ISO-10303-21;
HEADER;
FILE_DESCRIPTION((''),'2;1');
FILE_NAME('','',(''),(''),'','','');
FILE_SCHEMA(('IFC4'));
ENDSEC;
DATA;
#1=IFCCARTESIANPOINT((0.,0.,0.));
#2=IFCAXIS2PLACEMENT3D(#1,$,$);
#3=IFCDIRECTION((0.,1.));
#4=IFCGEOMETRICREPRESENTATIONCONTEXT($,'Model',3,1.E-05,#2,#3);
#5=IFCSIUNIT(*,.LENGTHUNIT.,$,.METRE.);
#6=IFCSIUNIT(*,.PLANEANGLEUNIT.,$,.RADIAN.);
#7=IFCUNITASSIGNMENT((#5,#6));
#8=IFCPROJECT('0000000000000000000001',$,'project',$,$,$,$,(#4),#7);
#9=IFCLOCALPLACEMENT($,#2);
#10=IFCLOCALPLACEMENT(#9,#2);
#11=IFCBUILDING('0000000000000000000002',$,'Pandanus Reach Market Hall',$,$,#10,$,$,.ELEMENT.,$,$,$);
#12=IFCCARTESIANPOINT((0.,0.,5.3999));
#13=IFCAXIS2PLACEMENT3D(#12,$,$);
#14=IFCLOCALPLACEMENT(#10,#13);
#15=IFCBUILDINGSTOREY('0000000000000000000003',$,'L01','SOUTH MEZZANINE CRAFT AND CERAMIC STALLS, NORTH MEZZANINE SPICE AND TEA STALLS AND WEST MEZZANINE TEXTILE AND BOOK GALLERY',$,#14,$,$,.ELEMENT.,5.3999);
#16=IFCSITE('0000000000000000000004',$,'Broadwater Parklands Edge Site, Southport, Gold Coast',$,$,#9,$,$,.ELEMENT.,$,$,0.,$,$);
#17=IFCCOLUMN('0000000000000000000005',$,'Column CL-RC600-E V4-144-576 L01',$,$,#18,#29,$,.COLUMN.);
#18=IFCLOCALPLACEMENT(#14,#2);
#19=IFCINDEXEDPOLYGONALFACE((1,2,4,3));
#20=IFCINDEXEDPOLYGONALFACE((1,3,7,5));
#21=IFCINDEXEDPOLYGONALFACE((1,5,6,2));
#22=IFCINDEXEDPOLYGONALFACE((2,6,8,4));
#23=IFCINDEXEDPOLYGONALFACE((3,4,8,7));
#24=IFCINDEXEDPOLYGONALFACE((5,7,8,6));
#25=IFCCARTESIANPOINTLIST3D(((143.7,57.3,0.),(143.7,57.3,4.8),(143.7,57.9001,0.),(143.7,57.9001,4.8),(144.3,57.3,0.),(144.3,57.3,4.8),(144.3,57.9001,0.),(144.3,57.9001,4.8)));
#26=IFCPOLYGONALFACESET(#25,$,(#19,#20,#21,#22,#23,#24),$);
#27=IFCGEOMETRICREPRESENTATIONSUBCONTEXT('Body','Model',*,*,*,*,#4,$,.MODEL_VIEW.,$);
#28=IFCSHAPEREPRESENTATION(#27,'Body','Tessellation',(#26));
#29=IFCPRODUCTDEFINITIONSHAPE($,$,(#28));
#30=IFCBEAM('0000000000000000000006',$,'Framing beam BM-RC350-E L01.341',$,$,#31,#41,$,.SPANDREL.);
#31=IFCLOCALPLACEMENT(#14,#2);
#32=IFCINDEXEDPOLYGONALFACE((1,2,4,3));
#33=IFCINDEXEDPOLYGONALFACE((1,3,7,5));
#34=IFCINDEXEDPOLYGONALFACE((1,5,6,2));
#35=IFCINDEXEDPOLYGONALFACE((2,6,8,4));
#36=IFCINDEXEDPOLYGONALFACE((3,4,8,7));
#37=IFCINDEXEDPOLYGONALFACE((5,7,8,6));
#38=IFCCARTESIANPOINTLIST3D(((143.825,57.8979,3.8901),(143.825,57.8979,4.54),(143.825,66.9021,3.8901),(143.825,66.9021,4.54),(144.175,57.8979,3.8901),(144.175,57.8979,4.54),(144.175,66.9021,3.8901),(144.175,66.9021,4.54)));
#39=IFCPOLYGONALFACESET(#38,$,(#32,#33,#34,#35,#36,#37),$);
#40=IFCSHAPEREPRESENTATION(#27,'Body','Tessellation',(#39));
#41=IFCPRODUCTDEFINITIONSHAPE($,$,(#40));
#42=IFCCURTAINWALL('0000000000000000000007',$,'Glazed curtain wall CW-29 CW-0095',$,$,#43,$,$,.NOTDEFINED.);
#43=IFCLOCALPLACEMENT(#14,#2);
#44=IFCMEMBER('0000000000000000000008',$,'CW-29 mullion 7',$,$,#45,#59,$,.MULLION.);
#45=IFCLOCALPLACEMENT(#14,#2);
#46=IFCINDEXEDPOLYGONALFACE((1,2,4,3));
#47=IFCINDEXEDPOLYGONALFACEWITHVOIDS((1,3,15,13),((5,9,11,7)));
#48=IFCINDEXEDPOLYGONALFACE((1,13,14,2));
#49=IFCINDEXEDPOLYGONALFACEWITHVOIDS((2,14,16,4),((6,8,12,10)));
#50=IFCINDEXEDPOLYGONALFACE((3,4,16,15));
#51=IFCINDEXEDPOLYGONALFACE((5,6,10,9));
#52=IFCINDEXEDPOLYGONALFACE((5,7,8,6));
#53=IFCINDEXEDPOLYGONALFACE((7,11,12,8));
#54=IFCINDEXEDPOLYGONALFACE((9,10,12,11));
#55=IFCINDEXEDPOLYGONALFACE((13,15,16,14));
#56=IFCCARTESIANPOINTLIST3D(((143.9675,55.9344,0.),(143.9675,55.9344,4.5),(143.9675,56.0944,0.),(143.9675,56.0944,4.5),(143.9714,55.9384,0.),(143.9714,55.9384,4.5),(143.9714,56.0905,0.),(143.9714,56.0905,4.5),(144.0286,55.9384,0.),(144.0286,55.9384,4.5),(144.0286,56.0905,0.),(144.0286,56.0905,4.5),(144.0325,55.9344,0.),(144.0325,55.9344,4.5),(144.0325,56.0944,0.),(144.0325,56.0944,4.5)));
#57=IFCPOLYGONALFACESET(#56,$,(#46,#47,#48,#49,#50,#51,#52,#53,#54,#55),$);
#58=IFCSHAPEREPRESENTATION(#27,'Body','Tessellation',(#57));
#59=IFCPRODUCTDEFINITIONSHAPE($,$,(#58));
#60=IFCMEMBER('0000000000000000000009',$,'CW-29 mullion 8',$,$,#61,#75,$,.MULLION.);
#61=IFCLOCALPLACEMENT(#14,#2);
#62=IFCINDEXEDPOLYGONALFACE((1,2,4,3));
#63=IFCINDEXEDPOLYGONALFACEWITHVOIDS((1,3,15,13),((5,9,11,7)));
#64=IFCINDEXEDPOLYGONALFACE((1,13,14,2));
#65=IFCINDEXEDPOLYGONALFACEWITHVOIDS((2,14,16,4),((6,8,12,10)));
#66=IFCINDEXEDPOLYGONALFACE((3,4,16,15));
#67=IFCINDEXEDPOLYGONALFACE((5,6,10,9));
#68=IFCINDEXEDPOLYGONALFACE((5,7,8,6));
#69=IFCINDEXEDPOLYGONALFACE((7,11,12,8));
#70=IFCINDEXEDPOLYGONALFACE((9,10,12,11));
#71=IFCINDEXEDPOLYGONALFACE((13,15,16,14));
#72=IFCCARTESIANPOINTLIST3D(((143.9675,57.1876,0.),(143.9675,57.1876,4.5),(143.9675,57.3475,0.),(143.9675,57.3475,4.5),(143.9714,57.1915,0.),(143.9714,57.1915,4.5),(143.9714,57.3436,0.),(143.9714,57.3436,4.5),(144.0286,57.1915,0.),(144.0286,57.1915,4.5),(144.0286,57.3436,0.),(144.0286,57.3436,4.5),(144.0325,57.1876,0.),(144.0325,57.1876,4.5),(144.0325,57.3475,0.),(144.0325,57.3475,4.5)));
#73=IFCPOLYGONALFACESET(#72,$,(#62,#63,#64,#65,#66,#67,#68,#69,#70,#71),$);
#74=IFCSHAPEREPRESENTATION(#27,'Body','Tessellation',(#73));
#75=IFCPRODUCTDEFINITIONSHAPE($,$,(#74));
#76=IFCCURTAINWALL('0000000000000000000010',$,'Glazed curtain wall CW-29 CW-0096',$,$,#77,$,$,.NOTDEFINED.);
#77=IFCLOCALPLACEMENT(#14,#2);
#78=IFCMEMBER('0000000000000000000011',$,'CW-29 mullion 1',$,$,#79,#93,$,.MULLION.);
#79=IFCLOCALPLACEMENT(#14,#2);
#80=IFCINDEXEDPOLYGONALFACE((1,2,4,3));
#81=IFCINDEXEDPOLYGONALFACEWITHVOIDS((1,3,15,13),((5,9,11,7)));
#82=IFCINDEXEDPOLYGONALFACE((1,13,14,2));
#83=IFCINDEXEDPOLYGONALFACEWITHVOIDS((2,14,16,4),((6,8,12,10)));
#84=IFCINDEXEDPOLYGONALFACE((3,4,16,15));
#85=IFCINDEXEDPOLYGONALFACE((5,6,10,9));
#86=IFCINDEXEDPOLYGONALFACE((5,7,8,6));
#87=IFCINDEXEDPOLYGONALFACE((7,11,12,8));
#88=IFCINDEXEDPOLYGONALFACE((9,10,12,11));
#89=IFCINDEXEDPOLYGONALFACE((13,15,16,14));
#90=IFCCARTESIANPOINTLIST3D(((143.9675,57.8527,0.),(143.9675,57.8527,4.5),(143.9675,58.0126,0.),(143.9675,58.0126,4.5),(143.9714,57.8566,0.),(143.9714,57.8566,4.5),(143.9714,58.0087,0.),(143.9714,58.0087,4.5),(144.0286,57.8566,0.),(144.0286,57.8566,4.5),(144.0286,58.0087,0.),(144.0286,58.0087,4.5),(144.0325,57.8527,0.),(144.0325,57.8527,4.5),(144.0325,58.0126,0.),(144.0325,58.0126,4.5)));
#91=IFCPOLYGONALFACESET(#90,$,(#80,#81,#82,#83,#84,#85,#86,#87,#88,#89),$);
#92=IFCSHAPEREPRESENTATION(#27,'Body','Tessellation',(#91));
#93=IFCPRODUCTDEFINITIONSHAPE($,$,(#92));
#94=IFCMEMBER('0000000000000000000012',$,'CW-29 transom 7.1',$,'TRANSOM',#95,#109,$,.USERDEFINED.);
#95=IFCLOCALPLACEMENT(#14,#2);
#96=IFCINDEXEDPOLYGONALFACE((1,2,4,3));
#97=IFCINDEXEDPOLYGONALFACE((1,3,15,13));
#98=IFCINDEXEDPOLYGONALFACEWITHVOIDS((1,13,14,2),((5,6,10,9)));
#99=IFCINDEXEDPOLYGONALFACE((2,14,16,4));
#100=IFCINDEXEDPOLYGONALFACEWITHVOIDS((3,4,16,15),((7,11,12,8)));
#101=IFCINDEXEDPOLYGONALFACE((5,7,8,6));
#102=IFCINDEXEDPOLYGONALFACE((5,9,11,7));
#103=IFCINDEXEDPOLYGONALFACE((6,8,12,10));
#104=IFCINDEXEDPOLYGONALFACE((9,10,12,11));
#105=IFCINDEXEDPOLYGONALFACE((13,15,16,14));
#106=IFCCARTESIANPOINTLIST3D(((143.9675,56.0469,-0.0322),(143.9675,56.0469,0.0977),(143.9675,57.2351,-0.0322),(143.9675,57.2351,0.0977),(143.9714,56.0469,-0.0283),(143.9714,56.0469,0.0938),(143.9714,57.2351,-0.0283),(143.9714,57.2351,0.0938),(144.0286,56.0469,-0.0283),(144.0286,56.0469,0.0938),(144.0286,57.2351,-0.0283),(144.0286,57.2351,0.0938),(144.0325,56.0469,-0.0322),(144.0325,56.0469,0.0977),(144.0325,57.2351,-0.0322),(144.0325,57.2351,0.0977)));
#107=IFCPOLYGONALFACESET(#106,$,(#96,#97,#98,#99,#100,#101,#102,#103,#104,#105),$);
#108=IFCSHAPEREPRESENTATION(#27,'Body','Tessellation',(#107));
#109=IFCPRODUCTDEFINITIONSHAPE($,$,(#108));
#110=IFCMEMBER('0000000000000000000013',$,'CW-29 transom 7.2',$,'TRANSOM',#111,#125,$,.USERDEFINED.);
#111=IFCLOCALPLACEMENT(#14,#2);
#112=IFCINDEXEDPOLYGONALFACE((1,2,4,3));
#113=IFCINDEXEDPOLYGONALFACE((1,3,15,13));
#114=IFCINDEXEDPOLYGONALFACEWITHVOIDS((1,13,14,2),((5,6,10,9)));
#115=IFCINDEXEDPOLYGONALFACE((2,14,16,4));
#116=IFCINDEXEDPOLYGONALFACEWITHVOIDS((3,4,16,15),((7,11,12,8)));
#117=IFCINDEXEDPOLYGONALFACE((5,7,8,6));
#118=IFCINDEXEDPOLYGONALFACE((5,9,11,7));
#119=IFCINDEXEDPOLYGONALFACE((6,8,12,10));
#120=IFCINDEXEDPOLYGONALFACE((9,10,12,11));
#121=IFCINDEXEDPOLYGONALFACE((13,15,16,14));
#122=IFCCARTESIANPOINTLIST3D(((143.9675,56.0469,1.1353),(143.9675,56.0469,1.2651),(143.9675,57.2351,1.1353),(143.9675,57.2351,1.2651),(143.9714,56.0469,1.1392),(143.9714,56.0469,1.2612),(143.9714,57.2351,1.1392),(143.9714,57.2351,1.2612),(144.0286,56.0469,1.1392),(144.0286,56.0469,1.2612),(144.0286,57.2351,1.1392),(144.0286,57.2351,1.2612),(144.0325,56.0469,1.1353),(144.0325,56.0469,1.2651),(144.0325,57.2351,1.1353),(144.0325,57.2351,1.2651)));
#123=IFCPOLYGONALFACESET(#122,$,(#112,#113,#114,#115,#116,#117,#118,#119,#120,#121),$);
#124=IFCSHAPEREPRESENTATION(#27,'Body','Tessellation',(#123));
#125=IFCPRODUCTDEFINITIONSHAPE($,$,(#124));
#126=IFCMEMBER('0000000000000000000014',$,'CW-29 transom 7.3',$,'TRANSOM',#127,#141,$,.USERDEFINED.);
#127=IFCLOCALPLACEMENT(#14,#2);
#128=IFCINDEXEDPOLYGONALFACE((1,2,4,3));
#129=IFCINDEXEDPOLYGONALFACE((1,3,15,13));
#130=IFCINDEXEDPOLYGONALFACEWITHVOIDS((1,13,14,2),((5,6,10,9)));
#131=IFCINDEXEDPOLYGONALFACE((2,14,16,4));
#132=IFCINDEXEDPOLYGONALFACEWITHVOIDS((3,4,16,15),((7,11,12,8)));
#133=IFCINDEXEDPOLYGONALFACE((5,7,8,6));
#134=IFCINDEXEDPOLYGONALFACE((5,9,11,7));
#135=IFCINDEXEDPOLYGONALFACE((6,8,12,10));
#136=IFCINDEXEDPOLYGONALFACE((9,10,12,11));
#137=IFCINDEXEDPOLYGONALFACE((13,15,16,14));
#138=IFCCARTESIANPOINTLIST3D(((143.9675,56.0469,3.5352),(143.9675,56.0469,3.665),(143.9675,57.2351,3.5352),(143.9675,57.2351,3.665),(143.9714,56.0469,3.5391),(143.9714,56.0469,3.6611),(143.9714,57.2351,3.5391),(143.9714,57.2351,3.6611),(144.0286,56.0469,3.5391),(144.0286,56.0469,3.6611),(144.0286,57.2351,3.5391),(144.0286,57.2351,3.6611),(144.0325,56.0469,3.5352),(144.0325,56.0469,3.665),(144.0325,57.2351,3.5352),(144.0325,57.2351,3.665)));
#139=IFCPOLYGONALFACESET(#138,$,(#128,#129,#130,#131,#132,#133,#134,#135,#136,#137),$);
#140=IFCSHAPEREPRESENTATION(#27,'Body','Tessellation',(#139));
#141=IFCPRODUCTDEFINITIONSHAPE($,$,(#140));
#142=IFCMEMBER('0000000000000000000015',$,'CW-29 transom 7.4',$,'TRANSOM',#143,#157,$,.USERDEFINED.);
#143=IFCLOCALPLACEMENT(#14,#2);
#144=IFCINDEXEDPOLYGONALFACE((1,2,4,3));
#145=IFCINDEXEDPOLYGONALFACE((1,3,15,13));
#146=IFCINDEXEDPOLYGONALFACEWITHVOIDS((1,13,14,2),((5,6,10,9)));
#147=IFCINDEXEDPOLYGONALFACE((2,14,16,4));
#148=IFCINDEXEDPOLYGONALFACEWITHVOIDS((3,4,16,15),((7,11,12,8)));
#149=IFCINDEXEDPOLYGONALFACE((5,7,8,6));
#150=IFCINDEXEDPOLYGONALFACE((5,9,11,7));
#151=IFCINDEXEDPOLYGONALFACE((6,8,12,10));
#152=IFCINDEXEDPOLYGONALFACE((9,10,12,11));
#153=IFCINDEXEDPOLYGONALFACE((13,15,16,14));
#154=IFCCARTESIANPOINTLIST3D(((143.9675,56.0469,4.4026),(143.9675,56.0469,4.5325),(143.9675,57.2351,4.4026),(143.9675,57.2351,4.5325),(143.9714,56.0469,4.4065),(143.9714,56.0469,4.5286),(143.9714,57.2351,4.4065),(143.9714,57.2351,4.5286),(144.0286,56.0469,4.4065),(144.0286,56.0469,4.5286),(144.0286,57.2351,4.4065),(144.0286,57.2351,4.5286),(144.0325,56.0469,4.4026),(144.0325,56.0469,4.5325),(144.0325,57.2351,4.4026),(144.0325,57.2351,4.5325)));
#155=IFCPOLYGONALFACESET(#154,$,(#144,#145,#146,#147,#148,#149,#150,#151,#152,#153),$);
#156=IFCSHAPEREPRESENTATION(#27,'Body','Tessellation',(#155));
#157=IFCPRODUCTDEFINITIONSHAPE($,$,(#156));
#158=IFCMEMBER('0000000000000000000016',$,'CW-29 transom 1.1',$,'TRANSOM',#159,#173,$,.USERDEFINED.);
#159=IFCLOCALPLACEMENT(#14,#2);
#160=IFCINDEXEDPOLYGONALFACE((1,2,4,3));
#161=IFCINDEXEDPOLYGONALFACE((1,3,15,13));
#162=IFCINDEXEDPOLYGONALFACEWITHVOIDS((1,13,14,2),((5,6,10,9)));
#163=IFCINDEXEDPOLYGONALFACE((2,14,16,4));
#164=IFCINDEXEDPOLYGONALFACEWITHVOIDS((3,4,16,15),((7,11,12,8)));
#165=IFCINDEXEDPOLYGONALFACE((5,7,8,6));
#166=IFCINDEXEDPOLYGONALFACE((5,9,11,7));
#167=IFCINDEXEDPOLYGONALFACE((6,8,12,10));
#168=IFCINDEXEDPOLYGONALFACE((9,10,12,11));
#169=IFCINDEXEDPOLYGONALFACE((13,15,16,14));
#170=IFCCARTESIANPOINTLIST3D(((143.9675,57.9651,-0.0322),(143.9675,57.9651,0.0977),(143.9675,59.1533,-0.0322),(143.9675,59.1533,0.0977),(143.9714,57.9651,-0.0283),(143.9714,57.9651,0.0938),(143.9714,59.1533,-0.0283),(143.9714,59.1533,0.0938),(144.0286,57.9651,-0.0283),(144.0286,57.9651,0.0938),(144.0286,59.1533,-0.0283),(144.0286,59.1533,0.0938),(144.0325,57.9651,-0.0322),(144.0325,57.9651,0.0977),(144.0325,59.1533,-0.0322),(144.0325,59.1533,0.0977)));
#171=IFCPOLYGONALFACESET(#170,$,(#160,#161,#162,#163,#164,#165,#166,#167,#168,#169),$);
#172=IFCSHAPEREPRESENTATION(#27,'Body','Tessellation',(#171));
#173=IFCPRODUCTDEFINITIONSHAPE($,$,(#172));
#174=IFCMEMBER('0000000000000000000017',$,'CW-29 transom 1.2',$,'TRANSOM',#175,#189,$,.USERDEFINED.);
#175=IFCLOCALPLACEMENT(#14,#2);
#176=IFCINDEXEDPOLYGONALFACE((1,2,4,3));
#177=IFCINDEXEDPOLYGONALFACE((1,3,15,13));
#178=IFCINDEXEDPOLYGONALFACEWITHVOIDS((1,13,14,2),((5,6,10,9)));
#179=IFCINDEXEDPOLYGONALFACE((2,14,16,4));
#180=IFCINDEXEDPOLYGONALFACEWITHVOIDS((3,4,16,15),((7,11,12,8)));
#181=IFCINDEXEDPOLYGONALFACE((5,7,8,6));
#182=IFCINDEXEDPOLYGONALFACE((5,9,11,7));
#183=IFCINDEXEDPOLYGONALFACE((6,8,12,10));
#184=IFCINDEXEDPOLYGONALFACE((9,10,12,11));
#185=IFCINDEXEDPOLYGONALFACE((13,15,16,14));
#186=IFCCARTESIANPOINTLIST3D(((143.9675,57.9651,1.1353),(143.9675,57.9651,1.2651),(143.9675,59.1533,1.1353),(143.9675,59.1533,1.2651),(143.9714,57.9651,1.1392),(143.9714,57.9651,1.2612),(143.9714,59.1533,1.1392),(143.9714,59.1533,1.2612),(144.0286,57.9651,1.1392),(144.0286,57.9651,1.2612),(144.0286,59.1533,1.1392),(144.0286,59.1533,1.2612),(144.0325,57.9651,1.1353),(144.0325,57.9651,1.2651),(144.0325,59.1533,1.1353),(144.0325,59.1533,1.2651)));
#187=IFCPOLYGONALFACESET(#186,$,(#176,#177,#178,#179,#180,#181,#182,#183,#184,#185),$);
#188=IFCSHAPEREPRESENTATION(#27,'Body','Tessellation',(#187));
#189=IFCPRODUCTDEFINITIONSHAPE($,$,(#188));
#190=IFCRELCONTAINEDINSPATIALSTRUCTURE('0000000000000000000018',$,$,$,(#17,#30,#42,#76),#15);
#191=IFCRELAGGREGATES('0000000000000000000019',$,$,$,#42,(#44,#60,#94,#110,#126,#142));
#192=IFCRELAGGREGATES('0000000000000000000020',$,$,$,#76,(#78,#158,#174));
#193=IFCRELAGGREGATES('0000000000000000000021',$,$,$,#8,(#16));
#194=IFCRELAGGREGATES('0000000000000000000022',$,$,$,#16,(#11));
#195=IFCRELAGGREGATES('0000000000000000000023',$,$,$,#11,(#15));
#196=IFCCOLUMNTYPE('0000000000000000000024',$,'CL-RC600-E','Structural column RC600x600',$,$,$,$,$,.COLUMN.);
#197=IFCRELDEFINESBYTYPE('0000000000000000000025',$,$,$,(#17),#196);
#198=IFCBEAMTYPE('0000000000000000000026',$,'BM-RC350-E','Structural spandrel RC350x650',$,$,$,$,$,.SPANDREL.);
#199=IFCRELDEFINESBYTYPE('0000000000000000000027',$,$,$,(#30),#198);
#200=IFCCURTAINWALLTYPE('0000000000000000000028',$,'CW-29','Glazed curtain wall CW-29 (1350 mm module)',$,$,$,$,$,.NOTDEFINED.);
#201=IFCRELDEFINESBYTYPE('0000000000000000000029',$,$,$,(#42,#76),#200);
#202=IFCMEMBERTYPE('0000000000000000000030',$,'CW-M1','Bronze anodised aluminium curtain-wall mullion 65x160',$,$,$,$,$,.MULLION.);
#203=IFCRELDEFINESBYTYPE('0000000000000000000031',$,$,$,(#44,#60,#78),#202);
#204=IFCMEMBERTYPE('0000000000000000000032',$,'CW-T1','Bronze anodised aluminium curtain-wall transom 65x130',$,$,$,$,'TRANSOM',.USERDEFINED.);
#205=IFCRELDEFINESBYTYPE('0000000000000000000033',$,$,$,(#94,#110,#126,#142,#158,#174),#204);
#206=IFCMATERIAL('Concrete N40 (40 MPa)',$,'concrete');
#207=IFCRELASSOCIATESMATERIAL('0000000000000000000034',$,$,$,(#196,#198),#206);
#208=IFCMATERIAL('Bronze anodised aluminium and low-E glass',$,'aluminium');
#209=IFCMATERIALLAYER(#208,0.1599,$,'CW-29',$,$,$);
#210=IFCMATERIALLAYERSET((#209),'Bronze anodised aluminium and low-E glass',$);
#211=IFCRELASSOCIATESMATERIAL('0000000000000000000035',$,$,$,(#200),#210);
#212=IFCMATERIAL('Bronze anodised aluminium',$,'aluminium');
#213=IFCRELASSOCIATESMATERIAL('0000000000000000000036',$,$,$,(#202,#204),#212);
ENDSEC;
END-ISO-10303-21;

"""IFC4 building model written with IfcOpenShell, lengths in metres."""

from ifc_helpers import new_model, si_unit, direction, frame, origin, origin_2d, place, context, subcontext, project, spatial, rectangle, hollow_rectangle, extrude, material, layer, layer_set, material_profile, profile_set, type_object, element, aggregate, save


model = new_model("IFC4")

# Units and contexts
model_context = context("Model", 3, precision=1e-05, world=origin(), true_north=direction((0.0, 1.0)))
body_context = subcontext(model_context, "Body", "Model", "MODEL_VIEW")
ifc_project = project(units=[si_unit("LENGTHUNIT", "METRE"), si_unit("PLANEANGLEUNIT", "RADIAN")], contexts=[model_context])

# Site, building, storey
site_placement = place(None, origin())
site = spatial("IfcSite", under=ifc_project, at=site_placement, Name="Broadwater Parklands Edge Site, Southport, Gold Coast", CompositionType="ELEMENT", RefElevation=0.0)
building_placement = place(site_placement, origin())
building = spatial("IfcBuilding", under=site, at=building_placement, Name="Pandanus Reach Market Hall", CompositionType="ELEMENT")
storey_placement = place(building_placement, frame((0.0, 0.0, 5.3999)))
storey = spatial("IfcBuildingStorey", under=building, at=storey_placement, Name="L01", Description="SOUTH MEZZANINE CRAFT AND CERAMIC STALLS, NORTH MEZZANINE SPICE AND TEA STALLS AND WEST MEZZANINE TEXTILE AND BOOK GALLERY", CompositionType="ELEMENT", Elevation=5.3999)

# Column
ifc_material_1 = material(Name="Concrete N40 (40 MPa)", Category="concrete")
ifc_material_profile_1 = material_profile(ifc_material_1, rectangle(XDim=0.6001, YDim=0.6001, at=origin_2d()), Name="RC600x600", Category="LoadBearing")
ifc_profile_set_1 = profile_set([ifc_material_profile_1], Name="Concrete N40 (40 MPa)")
column_type = type_object("IfcColumnType", Name="CL-RC600-E", Description="Structural column RC600x600", PredefinedType="COLUMN", material=ifc_profile_set_1)
column_placement = place(storey_placement, frame((144.0, 57.6001, 0.0), z_axis=(0.0, 0.0, 1.0), x_axis=(1.0, 0.0, 0.0)))
element("IfcColumn", 1, at=column_placement, inside=storey, type_object=column_type, Name="Column CL-RC600-E V4-144-576 L01", PredefinedType="COLUMN", context=body_context, shape_type="SweptSolid", body=[
    extrude(rectangle(XDim=0.6001, YDim=0.6001, at=origin_2d()), origin(), (0.0, 0.0, 1.0), 4.8),
])

# Beam
ifc_material_profile_2 = material_profile(ifc_material_1, rectangle(XDim=0.3501, YDim=0.6499, at=origin_2d()), Name="RC350x650", Category="LoadBearing")
ifc_profile_set_2 = profile_set([ifc_material_profile_2], Name="Concrete N40 (40 MPa)")
beam_type = type_object("IfcBeamType", Name="BM-RC350-E", Description="Structural spandrel RC350x650", PredefinedType="SPANDREL", material=ifc_profile_set_2)
beam_placement = place(storey_placement, frame((144.0, 57.8979, 4.2151), z_axis=(0.0, 1.0, 0.0), x_axis=(-1.0, 0.0, 0.0)))
element("IfcBeam", 2, at=beam_placement, inside=storey, type_object=beam_type, Name="Framing beam BM-RC350-E L01.341", PredefinedType="SPANDREL", context=body_context, shape_type="SweptSolid", body=[
    extrude(rectangle(XDim=0.3501, YDim=0.6499, at=origin_2d()), origin(), (0.0, 0.0, 1.0), 9.0042),
])

# Curtain wall, members
ifc_material_2 = material(Name="Bronze anodised aluminium and low-E glass", Category="aluminium")
ifc_layer_1 = layer(ifc_material_2, 0.1599, Name="CW-29")
ifc_layer_set_1 = layer_set([ifc_layer_1], Name="Bronze anodised aluminium and low-E glass")
curtain_wall_type = type_object("IfcCurtainWallType", Name="CW-29", Description="Glazed curtain wall CW-29 (1350 mm module)", PredefinedType="NOTDEFINED", material=ifc_layer_set_1)
curtain_wall_1_placement = place(storey_placement, origin())
curtain_wall_1 = element("IfcCurtainWall", 3, at=curtain_wall_1_placement, inside=storey, type_object=curtain_wall_type, Name="Glazed curtain wall CW-29 CW-0095", PredefinedType="NOTDEFINED")
ifc_material_3 = material(Name="Bronze anodised aluminium", Category="aluminium")
ifc_material_profile_3 = material_profile(ifc_material_3, hollow_rectangle(XDim=0.0649, YDim=0.1599, WallThickness=0.0039, at=origin_2d()), Name="ALU65x160", Category="LoadBearing")
ifc_profile_set_3 = profile_set([ifc_material_profile_3], Name="Bronze anodised aluminium")
member_type_1 = type_object("IfcMemberType", Name="CW-M1", Description="Bronze anodised aluminium curtain-wall mullion 65x160", PredefinedType="MULLION", material=ifc_profile_set_3)
member_1_placement = place(storey_placement, frame((144.0, 56.0144, 0.0), z_axis=(0.0, 0.0, 1.0), x_axis=(-1.0, 0.0, 0.0)))
member_1 = element("IfcMember", 4, at=member_1_placement, type_object=member_type_1, Name="CW-29 mullion 7", PredefinedType="MULLION", context=body_context, shape_type="SweptSolid", body=[
    extrude(hollow_rectangle(XDim=0.0649, YDim=0.1599, WallThickness=0.0039, at=origin_2d()), origin(), (0.0, 0.0, 1.0), 4.5),
])
member_2_placement = place(storey_placement, frame((144.0, 57.2676, 0.0), z_axis=(0.0, 0.0, 1.0), x_axis=(-1.0, 0.0, 0.0)))
member_2 = element("IfcMember", 5, at=member_2_placement, type_object=member_type_1, Name="CW-29 mullion 8", PredefinedType="MULLION", context=body_context, shape_type="SweptSolid", body=[
    extrude(hollow_rectangle(XDim=0.0649, YDim=0.1599, WallThickness=0.0039, at=origin_2d()), origin(), (0.0, 0.0, 1.0), 4.5),
])

# Curtain wall, member
curtain_wall_2_placement = place(storey_placement, origin())
curtain_wall_2 = element("IfcCurtainWall", 6, at=curtain_wall_2_placement, inside=storey, type_object=curtain_wall_type, Name="Glazed curtain wall CW-29 CW-0096", PredefinedType="NOTDEFINED")
member_3_placement = place(storey_placement, frame((144.0, 57.9326, 0.0), z_axis=(0.0, 0.0, 1.0), x_axis=(-1.0, 0.0, 0.0)))
member_3 = element("IfcMember", 7, at=member_3_placement, type_object=member_type_1, Name="CW-29 mullion 1", PredefinedType="MULLION", context=body_context, shape_type="SweptSolid", body=[
    extrude(hollow_rectangle(XDim=0.0649, YDim=0.1599, WallThickness=0.0039, at=origin_2d()), origin(), (0.0, 0.0, 1.0), 4.5),
])

# Members
ifc_material_profile_4 = material_profile(ifc_material_3, hollow_rectangle(XDim=0.0649, YDim=0.1299, WallThickness=0.0039, at=origin_2d()), Name="ALU65x130", Category="LoadBearing")
ifc_profile_set_4 = profile_set([ifc_material_profile_4], Name="Bronze anodised aluminium")
member_type_2 = type_object("IfcMemberType", Name="CW-T1", Description="Bronze anodised aluminium curtain-wall transom 65x130", ElementType="TRANSOM", PredefinedType="USERDEFINED", material=ifc_profile_set_4)
member_4_placement = place(storey_placement, frame((144.0, 56.0469, 0.0327), z_axis=(0.0, 1.0, 0.0), x_axis=(-1.0, 0.0, 0.0)))
member_4 = element("IfcMember", 8, at=member_4_placement, type_object=member_type_2, Name="CW-29 transom 7.1", ObjectType="TRANSOM", PredefinedType="USERDEFINED", context=body_context, shape_type="SweptSolid", body=[
    extrude(hollow_rectangle(XDim=0.0649, YDim=0.1299, WallThickness=0.0039, at=origin_2d()), origin(), (0.0, 0.0, 1.0), 1.1882),
])
member_5_placement = place(storey_placement, frame((144.0, 56.0469, 1.2002), z_axis=(0.0, 1.0, 0.0), x_axis=(-1.0, 0.0, 0.0)))
member_5 = element("IfcMember", 9, at=member_5_placement, type_object=member_type_2, Name="CW-29 transom 7.2", ObjectType="TRANSOM", PredefinedType="USERDEFINED", context=body_context, shape_type="SweptSolid", body=[
    extrude(hollow_rectangle(XDim=0.0649, YDim=0.1299, WallThickness=0.0039, at=origin_2d()), origin(), (0.0, 0.0, 1.0), 1.1882),
])
member_6_placement = place(storey_placement, frame((144.0, 56.0469, 3.6001), z_axis=(0.0, 1.0, 0.0), x_axis=(-1.0, 0.0, 0.0)))
member_6 = element("IfcMember", 10, at=member_6_placement, type_object=member_type_2, Name="CW-29 transom 7.3", ObjectType="TRANSOM", PredefinedType="USERDEFINED", context=body_context, shape_type="SweptSolid", body=[
    extrude(hollow_rectangle(XDim=0.0649, YDim=0.1299, WallThickness=0.0039, at=origin_2d()), origin(), (0.0, 0.0, 1.0), 1.1882),
])
member_7_placement = place(storey_placement, frame((144.0, 56.0469, 4.4675), z_axis=(0.0, 1.0, 0.0), x_axis=(-1.0, 0.0, 0.0)))
member_7 = element("IfcMember", 11, at=member_7_placement, type_object=member_type_2, Name="CW-29 transom 7.4", ObjectType="TRANSOM", PredefinedType="USERDEFINED", context=body_context, shape_type="SweptSolid", body=[
    extrude(hollow_rectangle(XDim=0.0649, YDim=0.1299, WallThickness=0.0039, at=origin_2d()), origin(), (0.0, 0.0, 1.0), 1.1882),
])
member_8_placement = place(storey_placement, frame((144.0, 57.9651, 0.0327), z_axis=(0.0, 1.0, 0.0), x_axis=(-1.0, 0.0, 0.0)))
member_8 = element("IfcMember", 12, at=member_8_placement, type_object=member_type_2, Name="CW-29 transom 1.1", ObjectType="TRANSOM", PredefinedType="USERDEFINED", context=body_context, shape_type="SweptSolid", body=[
    extrude(hollow_rectangle(XDim=0.0649, YDim=0.1299, WallThickness=0.0039, at=origin_2d()), origin(), (0.0, 0.0, 1.0), 1.1882),
])
member_9_placement = place(storey_placement, frame((144.0, 57.9651, 1.2002), z_axis=(0.0, 1.0, 0.0), x_axis=(-1.0, 0.0, 0.0)))
member_9 = element("IfcMember", 13, at=member_9_placement, type_object=member_type_2, Name="CW-29 transom 1.2", ObjectType="TRANSOM", PredefinedType="USERDEFINED", context=body_context, shape_type="SweptSolid", body=[
    extrude(hollow_rectangle(XDim=0.0649, YDim=0.1299, WallThickness=0.0039, at=origin_2d()), origin(), (0.0, 0.0, 1.0), 1.1882),
])

aggregate(curtain_wall_1, [member_1, member_2, member_4, member_5, member_6, member_7])
aggregate(curtain_wall_2, [member_3, member_8, member_9])

save(model, "model.ifc")
